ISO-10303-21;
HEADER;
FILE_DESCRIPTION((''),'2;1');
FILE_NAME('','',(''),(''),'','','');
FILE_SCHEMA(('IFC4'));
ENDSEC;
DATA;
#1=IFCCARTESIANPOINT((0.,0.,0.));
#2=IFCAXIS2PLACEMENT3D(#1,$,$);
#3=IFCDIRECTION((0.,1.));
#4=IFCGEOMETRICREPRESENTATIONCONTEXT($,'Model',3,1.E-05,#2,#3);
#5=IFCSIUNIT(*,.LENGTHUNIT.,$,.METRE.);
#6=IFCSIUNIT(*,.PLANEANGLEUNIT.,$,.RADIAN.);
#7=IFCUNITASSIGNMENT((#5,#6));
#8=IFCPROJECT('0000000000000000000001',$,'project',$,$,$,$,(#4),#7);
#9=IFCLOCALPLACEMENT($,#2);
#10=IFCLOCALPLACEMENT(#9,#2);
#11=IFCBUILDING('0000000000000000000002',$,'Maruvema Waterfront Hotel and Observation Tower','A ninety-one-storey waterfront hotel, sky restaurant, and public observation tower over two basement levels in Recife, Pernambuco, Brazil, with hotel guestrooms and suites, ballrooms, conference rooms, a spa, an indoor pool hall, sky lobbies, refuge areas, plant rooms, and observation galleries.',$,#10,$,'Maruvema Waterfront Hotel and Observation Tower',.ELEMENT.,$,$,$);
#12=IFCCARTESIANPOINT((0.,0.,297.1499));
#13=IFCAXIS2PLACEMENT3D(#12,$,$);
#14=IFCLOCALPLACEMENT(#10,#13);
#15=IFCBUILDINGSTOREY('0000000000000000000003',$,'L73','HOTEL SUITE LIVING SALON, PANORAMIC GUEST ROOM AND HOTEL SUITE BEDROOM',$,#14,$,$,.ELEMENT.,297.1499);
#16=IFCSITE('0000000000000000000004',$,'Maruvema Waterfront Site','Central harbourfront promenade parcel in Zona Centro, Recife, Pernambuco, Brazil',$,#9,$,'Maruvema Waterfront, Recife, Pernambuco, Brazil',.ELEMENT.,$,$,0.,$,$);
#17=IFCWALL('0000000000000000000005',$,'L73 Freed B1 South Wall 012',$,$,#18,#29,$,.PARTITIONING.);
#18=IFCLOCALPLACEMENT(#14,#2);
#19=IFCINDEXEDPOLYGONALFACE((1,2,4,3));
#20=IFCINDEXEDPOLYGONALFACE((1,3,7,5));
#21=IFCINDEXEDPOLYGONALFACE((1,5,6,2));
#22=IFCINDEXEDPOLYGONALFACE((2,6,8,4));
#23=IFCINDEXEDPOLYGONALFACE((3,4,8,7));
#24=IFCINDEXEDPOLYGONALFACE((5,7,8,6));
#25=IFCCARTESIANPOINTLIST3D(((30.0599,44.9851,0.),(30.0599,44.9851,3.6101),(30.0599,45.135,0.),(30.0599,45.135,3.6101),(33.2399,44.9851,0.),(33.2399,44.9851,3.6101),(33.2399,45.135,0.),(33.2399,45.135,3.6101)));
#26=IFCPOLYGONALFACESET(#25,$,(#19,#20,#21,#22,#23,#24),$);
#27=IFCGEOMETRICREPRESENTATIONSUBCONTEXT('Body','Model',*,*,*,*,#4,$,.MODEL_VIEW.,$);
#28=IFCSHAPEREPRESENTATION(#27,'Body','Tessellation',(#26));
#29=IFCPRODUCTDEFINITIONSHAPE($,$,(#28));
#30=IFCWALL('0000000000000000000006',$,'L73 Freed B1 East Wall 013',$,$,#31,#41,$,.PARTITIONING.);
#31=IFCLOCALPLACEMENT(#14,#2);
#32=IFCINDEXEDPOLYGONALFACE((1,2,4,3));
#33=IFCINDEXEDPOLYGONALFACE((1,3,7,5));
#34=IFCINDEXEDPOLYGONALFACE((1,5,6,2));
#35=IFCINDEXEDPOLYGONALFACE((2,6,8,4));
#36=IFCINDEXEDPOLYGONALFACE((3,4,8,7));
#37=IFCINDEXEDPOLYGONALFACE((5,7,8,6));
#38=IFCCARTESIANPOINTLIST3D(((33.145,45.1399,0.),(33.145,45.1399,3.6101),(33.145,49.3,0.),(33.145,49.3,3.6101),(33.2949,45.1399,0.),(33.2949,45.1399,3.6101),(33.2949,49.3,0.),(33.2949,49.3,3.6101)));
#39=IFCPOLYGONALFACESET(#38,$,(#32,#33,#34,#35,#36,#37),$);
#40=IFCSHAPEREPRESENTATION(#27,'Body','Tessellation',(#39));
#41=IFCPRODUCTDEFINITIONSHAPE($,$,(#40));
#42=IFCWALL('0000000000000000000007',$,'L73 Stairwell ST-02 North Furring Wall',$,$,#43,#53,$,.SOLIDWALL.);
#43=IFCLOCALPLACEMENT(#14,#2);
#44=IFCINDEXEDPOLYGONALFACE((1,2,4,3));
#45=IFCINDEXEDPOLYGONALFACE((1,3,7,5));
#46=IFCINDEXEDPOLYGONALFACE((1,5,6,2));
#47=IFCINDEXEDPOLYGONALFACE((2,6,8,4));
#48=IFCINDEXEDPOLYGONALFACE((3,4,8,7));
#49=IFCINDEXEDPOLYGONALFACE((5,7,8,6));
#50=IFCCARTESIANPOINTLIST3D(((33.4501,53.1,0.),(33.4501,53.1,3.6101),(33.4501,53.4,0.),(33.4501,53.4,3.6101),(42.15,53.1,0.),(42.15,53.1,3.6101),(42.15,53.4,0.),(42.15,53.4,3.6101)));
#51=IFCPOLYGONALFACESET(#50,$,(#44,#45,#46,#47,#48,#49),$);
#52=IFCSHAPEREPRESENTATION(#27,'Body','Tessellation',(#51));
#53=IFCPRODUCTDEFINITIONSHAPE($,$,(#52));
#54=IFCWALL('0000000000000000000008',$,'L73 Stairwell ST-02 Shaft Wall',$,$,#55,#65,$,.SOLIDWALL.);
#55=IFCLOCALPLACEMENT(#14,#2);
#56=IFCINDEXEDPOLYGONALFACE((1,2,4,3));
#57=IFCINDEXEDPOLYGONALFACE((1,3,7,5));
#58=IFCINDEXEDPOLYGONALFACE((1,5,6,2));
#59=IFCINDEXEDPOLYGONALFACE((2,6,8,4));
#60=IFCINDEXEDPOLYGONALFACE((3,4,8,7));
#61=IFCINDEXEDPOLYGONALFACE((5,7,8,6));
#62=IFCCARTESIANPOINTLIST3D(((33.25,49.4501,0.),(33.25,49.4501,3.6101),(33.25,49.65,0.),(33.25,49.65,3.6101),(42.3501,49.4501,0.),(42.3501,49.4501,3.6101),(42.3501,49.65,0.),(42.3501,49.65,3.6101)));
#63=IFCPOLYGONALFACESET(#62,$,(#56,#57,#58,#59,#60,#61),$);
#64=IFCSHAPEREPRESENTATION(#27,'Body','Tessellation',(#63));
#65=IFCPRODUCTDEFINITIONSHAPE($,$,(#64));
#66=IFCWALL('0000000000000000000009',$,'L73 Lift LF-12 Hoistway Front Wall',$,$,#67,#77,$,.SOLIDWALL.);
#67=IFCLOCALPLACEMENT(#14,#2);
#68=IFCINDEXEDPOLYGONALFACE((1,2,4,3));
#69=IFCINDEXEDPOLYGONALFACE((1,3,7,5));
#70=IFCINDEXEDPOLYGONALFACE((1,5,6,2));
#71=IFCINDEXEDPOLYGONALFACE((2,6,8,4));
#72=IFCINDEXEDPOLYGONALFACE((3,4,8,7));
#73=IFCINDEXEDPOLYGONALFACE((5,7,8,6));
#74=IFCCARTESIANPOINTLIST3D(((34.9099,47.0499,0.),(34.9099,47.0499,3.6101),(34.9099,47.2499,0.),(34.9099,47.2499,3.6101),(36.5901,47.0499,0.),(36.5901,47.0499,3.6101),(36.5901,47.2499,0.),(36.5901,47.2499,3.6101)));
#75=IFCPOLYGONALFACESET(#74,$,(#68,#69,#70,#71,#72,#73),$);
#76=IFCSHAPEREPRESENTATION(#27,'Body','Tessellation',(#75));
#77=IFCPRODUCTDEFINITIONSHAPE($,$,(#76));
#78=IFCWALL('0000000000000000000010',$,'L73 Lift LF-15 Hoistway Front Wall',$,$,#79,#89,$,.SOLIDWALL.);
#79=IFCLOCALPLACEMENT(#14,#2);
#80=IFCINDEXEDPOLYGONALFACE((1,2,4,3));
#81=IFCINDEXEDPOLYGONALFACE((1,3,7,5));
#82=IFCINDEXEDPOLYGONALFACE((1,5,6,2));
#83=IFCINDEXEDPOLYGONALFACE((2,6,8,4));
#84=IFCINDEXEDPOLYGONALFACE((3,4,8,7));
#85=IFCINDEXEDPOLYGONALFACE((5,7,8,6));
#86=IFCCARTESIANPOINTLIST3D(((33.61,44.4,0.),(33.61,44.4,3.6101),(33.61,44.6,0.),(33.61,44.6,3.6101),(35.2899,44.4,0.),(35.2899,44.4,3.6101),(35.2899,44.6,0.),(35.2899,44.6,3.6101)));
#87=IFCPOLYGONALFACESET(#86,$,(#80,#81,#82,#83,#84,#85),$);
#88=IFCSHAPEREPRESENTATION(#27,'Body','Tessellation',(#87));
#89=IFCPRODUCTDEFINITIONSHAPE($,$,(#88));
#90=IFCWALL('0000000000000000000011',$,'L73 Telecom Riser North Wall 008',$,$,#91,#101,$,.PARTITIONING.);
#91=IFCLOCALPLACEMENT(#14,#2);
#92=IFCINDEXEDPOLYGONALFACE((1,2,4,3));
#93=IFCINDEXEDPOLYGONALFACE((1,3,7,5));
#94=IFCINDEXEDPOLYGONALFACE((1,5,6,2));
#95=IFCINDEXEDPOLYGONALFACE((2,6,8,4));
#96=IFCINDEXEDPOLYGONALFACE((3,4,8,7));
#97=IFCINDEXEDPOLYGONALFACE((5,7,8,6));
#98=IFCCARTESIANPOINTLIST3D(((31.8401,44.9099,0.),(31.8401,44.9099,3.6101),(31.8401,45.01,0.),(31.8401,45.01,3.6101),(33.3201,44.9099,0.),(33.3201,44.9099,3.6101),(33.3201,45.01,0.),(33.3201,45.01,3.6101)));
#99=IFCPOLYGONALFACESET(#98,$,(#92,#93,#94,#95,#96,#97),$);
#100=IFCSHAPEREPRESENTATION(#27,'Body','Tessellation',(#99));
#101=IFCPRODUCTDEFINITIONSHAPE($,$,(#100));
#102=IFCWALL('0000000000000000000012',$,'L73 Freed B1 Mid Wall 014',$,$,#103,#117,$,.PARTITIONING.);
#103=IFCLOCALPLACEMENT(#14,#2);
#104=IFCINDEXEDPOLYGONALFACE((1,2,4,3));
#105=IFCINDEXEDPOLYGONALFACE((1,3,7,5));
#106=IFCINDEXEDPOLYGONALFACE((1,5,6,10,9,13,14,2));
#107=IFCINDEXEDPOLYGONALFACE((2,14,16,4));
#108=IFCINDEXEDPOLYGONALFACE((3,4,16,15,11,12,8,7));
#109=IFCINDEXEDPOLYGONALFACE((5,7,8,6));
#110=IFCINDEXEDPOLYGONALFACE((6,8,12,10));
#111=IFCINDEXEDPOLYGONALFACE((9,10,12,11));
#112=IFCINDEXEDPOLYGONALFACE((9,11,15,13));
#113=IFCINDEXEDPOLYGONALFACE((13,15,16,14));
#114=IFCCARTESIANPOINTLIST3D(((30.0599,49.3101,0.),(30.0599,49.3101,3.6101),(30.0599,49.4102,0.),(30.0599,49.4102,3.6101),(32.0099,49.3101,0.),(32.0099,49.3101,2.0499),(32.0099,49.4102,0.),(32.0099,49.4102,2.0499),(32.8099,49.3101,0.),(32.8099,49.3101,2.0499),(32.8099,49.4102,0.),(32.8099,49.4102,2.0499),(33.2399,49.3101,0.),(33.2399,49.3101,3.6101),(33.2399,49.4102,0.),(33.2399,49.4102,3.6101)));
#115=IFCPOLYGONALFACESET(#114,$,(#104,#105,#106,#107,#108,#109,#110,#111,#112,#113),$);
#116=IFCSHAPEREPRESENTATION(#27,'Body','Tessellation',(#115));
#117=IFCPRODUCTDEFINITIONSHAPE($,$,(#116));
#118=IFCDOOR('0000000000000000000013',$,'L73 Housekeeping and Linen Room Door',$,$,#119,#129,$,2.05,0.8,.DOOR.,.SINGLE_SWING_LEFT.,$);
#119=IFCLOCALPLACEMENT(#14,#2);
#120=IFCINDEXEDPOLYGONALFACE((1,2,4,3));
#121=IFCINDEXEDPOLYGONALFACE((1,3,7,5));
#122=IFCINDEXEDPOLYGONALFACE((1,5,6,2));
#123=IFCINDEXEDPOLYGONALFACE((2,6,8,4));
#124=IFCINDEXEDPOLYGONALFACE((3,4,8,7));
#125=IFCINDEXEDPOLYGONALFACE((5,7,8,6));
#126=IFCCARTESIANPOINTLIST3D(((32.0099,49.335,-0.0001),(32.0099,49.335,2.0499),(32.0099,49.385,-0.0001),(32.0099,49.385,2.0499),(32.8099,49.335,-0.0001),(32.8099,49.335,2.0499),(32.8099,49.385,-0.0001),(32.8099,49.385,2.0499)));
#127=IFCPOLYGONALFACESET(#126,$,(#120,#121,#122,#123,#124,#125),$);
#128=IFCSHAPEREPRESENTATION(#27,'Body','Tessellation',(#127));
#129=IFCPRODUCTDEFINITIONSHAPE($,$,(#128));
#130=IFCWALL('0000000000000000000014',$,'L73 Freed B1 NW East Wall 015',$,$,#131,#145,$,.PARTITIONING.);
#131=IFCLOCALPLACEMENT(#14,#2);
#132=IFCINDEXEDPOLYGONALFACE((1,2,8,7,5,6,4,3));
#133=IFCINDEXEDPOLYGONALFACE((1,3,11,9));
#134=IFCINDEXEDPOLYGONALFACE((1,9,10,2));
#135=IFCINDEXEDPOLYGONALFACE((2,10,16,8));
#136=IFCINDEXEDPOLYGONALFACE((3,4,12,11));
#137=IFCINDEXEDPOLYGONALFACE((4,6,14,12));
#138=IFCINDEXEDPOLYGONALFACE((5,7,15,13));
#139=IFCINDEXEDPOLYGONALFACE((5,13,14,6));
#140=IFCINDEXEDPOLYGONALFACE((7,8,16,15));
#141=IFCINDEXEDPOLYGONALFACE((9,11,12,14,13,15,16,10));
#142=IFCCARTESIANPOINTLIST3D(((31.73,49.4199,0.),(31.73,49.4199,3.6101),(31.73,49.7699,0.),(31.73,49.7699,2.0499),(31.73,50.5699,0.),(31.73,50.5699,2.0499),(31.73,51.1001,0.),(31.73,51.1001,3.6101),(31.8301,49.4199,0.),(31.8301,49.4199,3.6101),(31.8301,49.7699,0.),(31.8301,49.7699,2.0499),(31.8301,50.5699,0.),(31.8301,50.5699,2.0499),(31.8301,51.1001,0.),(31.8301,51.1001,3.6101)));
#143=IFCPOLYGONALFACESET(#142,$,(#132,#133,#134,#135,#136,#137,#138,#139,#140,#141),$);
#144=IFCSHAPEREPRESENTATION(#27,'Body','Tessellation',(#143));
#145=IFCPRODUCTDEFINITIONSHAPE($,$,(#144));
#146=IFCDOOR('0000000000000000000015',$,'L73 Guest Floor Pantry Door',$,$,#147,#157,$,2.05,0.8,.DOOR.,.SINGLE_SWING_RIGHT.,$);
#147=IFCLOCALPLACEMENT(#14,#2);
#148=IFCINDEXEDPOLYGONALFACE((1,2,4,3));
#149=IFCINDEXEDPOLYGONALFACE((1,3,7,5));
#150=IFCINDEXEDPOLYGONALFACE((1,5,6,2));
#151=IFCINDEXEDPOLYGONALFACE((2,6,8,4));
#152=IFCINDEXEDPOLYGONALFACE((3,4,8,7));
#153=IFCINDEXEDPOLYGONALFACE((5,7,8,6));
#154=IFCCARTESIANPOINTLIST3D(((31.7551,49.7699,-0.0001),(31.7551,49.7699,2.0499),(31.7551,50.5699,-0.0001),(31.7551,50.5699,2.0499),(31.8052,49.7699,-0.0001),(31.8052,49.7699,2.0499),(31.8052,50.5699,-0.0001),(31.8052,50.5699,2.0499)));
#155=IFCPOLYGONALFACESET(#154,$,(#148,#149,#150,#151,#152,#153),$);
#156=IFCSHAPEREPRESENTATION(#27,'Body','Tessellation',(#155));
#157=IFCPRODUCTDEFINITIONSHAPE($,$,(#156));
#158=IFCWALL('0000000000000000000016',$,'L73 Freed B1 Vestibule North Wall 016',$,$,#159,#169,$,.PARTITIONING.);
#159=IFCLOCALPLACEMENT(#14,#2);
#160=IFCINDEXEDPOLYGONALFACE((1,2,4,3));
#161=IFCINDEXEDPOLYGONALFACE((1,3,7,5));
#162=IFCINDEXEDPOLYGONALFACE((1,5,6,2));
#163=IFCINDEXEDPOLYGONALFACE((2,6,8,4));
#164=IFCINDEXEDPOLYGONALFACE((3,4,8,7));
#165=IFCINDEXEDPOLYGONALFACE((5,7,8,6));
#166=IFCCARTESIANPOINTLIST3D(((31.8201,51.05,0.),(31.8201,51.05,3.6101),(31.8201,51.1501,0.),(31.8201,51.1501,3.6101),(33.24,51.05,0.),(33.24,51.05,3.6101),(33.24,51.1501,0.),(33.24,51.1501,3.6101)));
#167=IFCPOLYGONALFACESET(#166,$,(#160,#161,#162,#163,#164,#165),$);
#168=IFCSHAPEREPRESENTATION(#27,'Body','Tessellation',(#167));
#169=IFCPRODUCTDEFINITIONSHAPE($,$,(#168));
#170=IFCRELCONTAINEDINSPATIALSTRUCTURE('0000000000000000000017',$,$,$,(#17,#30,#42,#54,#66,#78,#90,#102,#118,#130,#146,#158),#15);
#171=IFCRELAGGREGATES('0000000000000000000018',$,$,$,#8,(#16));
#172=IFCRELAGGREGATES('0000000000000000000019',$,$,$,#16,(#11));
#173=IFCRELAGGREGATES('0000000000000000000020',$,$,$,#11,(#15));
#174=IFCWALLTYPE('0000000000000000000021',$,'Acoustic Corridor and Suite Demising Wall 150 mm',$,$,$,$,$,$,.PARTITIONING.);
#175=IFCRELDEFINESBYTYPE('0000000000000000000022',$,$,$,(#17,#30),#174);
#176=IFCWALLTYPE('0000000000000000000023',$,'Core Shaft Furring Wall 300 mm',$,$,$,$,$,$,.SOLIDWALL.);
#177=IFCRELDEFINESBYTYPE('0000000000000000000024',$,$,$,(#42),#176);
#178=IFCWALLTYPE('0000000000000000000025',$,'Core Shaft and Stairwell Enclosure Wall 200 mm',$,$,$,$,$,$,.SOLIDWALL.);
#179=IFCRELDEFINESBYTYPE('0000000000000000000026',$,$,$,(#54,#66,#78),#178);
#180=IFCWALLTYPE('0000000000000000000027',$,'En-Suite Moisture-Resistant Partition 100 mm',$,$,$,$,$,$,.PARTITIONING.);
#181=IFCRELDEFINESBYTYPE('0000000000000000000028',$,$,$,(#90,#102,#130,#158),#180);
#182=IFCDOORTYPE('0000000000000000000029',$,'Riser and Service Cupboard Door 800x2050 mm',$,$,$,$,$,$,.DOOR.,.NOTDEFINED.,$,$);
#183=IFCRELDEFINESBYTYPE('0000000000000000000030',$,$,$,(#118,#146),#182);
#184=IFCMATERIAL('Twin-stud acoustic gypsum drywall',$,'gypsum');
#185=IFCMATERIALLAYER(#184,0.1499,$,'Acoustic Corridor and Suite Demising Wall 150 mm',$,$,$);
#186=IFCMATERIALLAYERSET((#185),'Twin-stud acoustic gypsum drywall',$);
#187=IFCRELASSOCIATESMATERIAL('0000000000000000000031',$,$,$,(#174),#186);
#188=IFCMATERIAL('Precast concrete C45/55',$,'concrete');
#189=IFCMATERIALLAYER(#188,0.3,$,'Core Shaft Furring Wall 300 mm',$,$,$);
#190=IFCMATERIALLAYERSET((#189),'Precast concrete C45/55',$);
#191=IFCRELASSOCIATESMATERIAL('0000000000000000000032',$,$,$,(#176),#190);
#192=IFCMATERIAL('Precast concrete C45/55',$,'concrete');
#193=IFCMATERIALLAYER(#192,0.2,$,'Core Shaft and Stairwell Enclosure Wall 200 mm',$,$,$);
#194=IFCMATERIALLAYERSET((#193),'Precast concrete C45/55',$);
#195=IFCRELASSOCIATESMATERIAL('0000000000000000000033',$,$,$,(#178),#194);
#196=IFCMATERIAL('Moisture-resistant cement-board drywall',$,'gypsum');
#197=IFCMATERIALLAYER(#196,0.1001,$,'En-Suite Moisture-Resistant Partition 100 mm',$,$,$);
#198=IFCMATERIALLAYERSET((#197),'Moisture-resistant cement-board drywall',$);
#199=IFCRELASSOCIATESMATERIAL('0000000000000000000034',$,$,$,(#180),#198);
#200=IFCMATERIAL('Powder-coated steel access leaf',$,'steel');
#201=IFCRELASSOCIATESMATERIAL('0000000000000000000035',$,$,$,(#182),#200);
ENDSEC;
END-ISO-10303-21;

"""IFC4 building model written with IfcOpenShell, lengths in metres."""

from ifc_helpers import new_model, si_unit, direction, frame, frame_2d, origin, place, context, subcontext, project, spatial, rectangle, extrude, material, layer, layer_set, type_object, element, fill, save


model = new_model("IFC4")

# Units and contexts
model_context = context("Model", 3, precision=1e-05, world=origin(), true_north=direction((0.0, 1.0)))
body_context = subcontext(model_context, "Body", "Model", "MODEL_VIEW")
ifc_project = project(units=[si_unit("LENGTHUNIT", "METRE"), si_unit("PLANEANGLEUNIT", "RADIAN")], contexts=[model_context])

# Site, building, storey
site_placement = place(None, origin())
site = spatial("IfcSite", under=ifc_project, at=site_placement, Name="Maruvema Waterfront Site", Description="Central harbourfront promenade parcel in Zona Centro, Recife, Pernambuco, Brazil", LongName="Maruvema Waterfront, Recife, Pernambuco, Brazil", CompositionType="ELEMENT", RefElevation=0.0)
building_placement = place(site_placement, origin())
building = spatial("IfcBuilding", under=site, at=building_placement, Name="Maruvema Waterfront Hotel and Observation Tower", Description="A ninety-one-storey waterfront hotel, sky restaurant, and public observation tower over two basement levels in Recife, Pernambuco, Brazil, with hotel guestrooms and suites, ballrooms, conference rooms, a spa, an indoor pool hall, sky lobbies, refuge areas, plant rooms, and observation galleries.", LongName="Maruvema Waterfront Hotel and Observation Tower", CompositionType="ELEMENT")
storey_placement = place(building_placement, frame((0.0, 0.0, 297.1499)))
storey = spatial("IfcBuildingStorey", under=building, at=storey_placement, Name="L73", Description="HOTEL SUITE LIVING SALON, PANORAMIC GUEST ROOM AND HOTEL SUITE BEDROOM", CompositionType="ELEMENT", Elevation=297.1499)

# Walls
ifc_material_1 = material(Name="Twin-stud acoustic gypsum drywall", Category="gypsum")
ifc_layer_1 = layer(ifc_material_1, 0.1499, Name="Acoustic Corridor and Suite Demising Wall 150 mm")
ifc_layer_set_1 = layer_set([ifc_layer_1], Name="Twin-stud acoustic gypsum drywall")
wall_type_1 = type_object("IfcWallType", Name="Acoustic Corridor and Suite Demising Wall 150 mm", PredefinedType="PARTITIONING", material=ifc_layer_set_1)
wall_1_placement = place(storey_placement, frame((30.0601, 45.0601, 0.0), z_axis=(0.0, 0.0, 1.0), x_axis=(1.0, 0.0, 0.0)))
element("IfcWall", 1, at=wall_1_placement, inside=storey, type_object=wall_type_1, Name="L73 Freed B1 South Wall 012", PredefinedType="PARTITIONING", context=body_context, shape_type="SweptSolid", body=[
    extrude(rectangle(XDim=3.1799, YDim=0.1499, at=frame_2d((1.5898, 0.0))), origin(), (0.0, 0.0, 1.0), 3.6101),
])
wall_2_placement = place(storey_placement, frame((33.22, 45.1399, 0.0), z_axis=(0.0, 0.0, 1.0), x_axis=(0.0, 1.0, 0.0)))
element("IfcWall", 2, at=wall_2_placement, inside=storey, type_object=wall_type_1, Name="L73 Freed B1 East Wall 013", PredefinedType="PARTITIONING", context=body_context, shape_type="SweptSolid", body=[
    extrude(rectangle(XDim=4.1602, YDim=0.1499, at=frame_2d((2.0801, 0.0))), origin(), (0.0, 0.0, 1.0), 3.6101),
])
ifc_material_2 = material(Name="Precast concrete C45/55", Category="concrete")
ifc_layer_2 = layer(ifc_material_2, 0.3, Name="Core Shaft Furring Wall 300 mm")
ifc_layer_set_2 = layer_set([ifc_layer_2], Name="Precast concrete C45/55")
wall_type_2 = type_object("IfcWallType", Name="Core Shaft Furring Wall 300 mm", PredefinedType="SOLIDWALL", material=ifc_layer_set_2)
wall_3_placement = place(storey_placement, frame((33.45, 53.25, 0.0), z_axis=(0.0, 0.0, 1.0), x_axis=(1.0, 0.0, 0.0)))
element("IfcWall", 3, at=wall_3_placement, inside=storey, type_object=wall_type_2, Name="L73 Stairwell ST-02 North Furring Wall", PredefinedType="SOLIDWALL", context=body_context, shape_type="SweptSolid", body=[
    extrude(rectangle(XDim=8.7, YDim=0.3, at=frame_2d((4.3501, 0.0))), origin(), (0.0, 0.0, 1.0), 3.6101),
])
ifc_material_3 = material(Name="Precast concrete C45/55", Category="concrete")
ifc_layer_3 = layer(ifc_material_3, 0.2, Name="Core Shaft and Stairwell Enclosure Wall 200 mm")
ifc_layer_set_3 = layer_set([ifc_layer_3], Name="Precast concrete C45/55")
wall_type_3 = type_object("IfcWallType", Name="Core Shaft and Stairwell Enclosure Wall 200 mm", PredefinedType="SOLIDWALL", material=ifc_layer_set_3)
wall_4_placement = place(storey_placement, frame((33.25, 49.55, 0.0), z_axis=(0.0, 0.0, 1.0), x_axis=(1.0, 0.0, 0.0)))
element("IfcWall", 4, at=wall_4_placement, inside=storey, type_object=wall_type_3, Name="L73 Stairwell ST-02 Shaft Wall", PredefinedType="SOLIDWALL", context=body_context, shape_type="SweptSolid", body=[
    extrude(rectangle(XDim=9.1001, YDim=0.2, at=frame_2d((4.55, 0.0))), origin(), (0.0, 0.0, 1.0), 3.6101),
])

# Walls
wall_5_placement = place(storey_placement, frame((34.9099, 47.1499, 0.0), z_axis=(0.0, 0.0, 1.0), x_axis=(1.0, 0.0, 0.0)))
element("IfcWall", 5, at=wall_5_placement, inside=storey, type_object=wall_type_3, Name="L73 Lift LF-12 Hoistway Front Wall", PredefinedType="SOLIDWALL", context=body_context, shape_type="SweptSolid", body=[
    extrude(rectangle(XDim=1.6802, YDim=0.2, at=frame_2d((0.8401, 0.0))), origin(), (0.0, 0.0, 1.0), 3.6101),
])
wall_6_placement = place(storey_placement, frame((33.6101, 44.5, 0.0), z_axis=(0.0, 0.0, 1.0), x_axis=(1.0, 0.0, 0.0)))
element("IfcWall", 6, at=wall_6_placement, inside=storey, type_object=wall_type_3, Name="L73 Lift LF-15 Hoistway Front Wall", PredefinedType="SOLIDWALL", context=body_context, shape_type="SweptSolid", body=[
    extrude(rectangle(XDim=1.6799, YDim=0.2, at=frame_2d((0.8398, 0.0))), origin(), (0.0, 0.0, 1.0), 3.6101),
])
ifc_material_4 = material(Name="Moisture-resistant cement-board drywall", Category="gypsum")
ifc_layer_4 = layer(ifc_material_4, 0.1001, Name="En-Suite Moisture-Resistant Partition 100 mm")
ifc_layer_set_4 = layer_set([ifc_layer_4], Name="Moisture-resistant cement-board drywall")
wall_type_4 = type_object("IfcWallType", Name="En-Suite Moisture-Resistant Partition 100 mm", PredefinedType="PARTITIONING", material=ifc_layer_set_4)
wall_7_placement = place(storey_placement, frame((31.8401, 44.96, 0.0), z_axis=(0.0, 0.0, 1.0), x_axis=(1.0, 0.0, 0.0)))
element("IfcWall", 7, at=wall_7_placement, inside=storey, type_object=wall_type_4, Name="L73 Telecom Riser North Wall 008", PredefinedType="PARTITIONING", context=body_context, shape_type="SweptSolid", body=[
    extrude(rectangle(XDim=1.48, YDim=0.1001, at=frame_2d((0.74, 0.0))), origin(), (0.0, 0.0, 1.0), 3.6101),
])

# Walls, openings, doors
wall_8_placement = place(storey_placement, frame((30.0601, 49.3601, 0.0), z_axis=(0.0, 0.0, 1.0), x_axis=(1.0, 0.0, 0.0)))
wall_8 = element("IfcWall", 8, at=wall_8_placement, inside=storey, type_object=wall_type_4, Name="L73 Freed B1 Mid Wall 014", PredefinedType="PARTITIONING", context=body_context, shape_type="SweptSolid", body=[
    extrude(rectangle(XDim=3.1799, YDim=0.1001, at=frame_2d((1.5898, 0.0))), origin(), (0.0, 0.0, 1.0), 3.6101),
])
opening_1_placement = place(wall_8_placement, frame((1.95, 0.0, 0.0)))
opening_1 = element("IfcOpeningElement", 9, at=opening_1_placement, cuts=wall_8, PredefinedType="OPENING", context=body_context, shape_type="SweptSolid", body=[
    extrude(rectangle(XDim=0.8, YDim=2.05, at=frame_2d((0.3999, 1.0249))), frame((0.0, 0.0601, 0.0), z_axis=(0.0, -1.0, 0.0), x_axis=(1.0, 0.0, 0.0)), (0.0, 0.0, 1.0), 0.1201),
])
ifc_material_5 = material(Name="Powder-coated steel access leaf", Category="steel")
door_type_1 = type_object("IfcDoorType", Name="Riser and Service Cupboard Door 800x2050 mm", OperationType="NOTDEFINED", PredefinedType="DOOR", material=ifc_material_5)
door_1_placement = place(opening_1_placement, origin())
door_1 = element("IfcDoor", 10, at=door_1_placement, inside=storey, type_object=door_type_1, Name="L73 Housekeeping and Linen Room Door", OperationType="SINGLE_SWING_LEFT", OverallHeight=2.05, OverallWidth=0.8, PredefinedType="DOOR", context=body_context, shape_type="SweptSolid", body=[
    extrude(rectangle(XDim=0.8, YDim=2.05, at=frame_2d((0.3999, 1.0249))), frame((0.0, 0.0249, 0.0), z_axis=(0.0, -1.0, 0.0), x_axis=(1.0, 0.0, 0.0)), (0.0, 0.0, 1.0), 0.05),
])
fill(opening_1, door_1)
wall_9_placement = place(storey_placement, frame((31.78, 49.4199, 0.0), z_axis=(0.0, 0.0, 1.0), x_axis=(0.0, 1.0, 0.0)))
wall_9 = element("IfcWall", 11, at=wall_9_placement, inside=storey, type_object=wall_type_4, Name="L73 Freed B1 NW East Wall 015", PredefinedType="PARTITIONING", context=body_context, shape_type="SweptSolid", body=[
    extrude(rectangle(XDim=1.6802, YDim=0.1001, at=frame_2d((0.8401, 0.0))), origin(), (0.0, 0.0, 1.0), 3.6101),
])
opening_2_placement = place(wall_9_placement, frame((0.3501, 0.0, 0.0)))
opening_2 = element("IfcOpeningElement", 12, at=opening_2_placement, cuts=wall_9, PredefinedType="OPENING", context=body_context, shape_type="SweptSolid", body=[
    extrude(rectangle(XDim=0.8, YDim=2.05, at=frame_2d((0.3999, 1.0249))), frame((0.0, 0.0601, 0.0), z_axis=(0.0, -1.0, 0.0), x_axis=(1.0, 0.0, 0.0)), (0.0, 0.0, 1.0), 0.1201),
])
door_2_placement = place(opening_2_placement, origin())
door_2 = element("IfcDoor", 13, at=door_2_placement, inside=storey, type_object=door_type_1, Name="L73 Guest Floor Pantry Door", OperationType="SINGLE_SWING_RIGHT", OverallHeight=2.05, OverallWidth=0.8, PredefinedType="DOOR", context=body_context, shape_type="SweptSolid", body=[
    extrude(rectangle(XDim=0.8, YDim=2.05, at=frame_2d((0.3999, 1.0249))), frame((0.0, 0.0249, 0.0), z_axis=(0.0, -1.0, 0.0), x_axis=(1.0, 0.0, 0.0)), (0.0, 0.0, 1.0), 0.05),
])
fill(opening_2, door_2)

# Wall
wall_10_placement = place(storey_placement, frame((31.8201, 51.1001, 0.0), z_axis=(0.0, 0.0, 1.0), x_axis=(1.0, 0.0, 0.0)))
element("IfcWall", 14, at=wall_10_placement, inside=storey, type_object=wall_type_4, Name="L73 Freed B1 Vestibule North Wall 016", PredefinedType="PARTITIONING", context=body_context, shape_type="SweptSolid", body=[
    extrude(rectangle(XDim=1.4199, YDim=0.1001, at=frame_2d((0.71, 0.0))), origin(), (0.0, 0.0, 1.0), 3.6101),
])

save(model, "model.ifc")
